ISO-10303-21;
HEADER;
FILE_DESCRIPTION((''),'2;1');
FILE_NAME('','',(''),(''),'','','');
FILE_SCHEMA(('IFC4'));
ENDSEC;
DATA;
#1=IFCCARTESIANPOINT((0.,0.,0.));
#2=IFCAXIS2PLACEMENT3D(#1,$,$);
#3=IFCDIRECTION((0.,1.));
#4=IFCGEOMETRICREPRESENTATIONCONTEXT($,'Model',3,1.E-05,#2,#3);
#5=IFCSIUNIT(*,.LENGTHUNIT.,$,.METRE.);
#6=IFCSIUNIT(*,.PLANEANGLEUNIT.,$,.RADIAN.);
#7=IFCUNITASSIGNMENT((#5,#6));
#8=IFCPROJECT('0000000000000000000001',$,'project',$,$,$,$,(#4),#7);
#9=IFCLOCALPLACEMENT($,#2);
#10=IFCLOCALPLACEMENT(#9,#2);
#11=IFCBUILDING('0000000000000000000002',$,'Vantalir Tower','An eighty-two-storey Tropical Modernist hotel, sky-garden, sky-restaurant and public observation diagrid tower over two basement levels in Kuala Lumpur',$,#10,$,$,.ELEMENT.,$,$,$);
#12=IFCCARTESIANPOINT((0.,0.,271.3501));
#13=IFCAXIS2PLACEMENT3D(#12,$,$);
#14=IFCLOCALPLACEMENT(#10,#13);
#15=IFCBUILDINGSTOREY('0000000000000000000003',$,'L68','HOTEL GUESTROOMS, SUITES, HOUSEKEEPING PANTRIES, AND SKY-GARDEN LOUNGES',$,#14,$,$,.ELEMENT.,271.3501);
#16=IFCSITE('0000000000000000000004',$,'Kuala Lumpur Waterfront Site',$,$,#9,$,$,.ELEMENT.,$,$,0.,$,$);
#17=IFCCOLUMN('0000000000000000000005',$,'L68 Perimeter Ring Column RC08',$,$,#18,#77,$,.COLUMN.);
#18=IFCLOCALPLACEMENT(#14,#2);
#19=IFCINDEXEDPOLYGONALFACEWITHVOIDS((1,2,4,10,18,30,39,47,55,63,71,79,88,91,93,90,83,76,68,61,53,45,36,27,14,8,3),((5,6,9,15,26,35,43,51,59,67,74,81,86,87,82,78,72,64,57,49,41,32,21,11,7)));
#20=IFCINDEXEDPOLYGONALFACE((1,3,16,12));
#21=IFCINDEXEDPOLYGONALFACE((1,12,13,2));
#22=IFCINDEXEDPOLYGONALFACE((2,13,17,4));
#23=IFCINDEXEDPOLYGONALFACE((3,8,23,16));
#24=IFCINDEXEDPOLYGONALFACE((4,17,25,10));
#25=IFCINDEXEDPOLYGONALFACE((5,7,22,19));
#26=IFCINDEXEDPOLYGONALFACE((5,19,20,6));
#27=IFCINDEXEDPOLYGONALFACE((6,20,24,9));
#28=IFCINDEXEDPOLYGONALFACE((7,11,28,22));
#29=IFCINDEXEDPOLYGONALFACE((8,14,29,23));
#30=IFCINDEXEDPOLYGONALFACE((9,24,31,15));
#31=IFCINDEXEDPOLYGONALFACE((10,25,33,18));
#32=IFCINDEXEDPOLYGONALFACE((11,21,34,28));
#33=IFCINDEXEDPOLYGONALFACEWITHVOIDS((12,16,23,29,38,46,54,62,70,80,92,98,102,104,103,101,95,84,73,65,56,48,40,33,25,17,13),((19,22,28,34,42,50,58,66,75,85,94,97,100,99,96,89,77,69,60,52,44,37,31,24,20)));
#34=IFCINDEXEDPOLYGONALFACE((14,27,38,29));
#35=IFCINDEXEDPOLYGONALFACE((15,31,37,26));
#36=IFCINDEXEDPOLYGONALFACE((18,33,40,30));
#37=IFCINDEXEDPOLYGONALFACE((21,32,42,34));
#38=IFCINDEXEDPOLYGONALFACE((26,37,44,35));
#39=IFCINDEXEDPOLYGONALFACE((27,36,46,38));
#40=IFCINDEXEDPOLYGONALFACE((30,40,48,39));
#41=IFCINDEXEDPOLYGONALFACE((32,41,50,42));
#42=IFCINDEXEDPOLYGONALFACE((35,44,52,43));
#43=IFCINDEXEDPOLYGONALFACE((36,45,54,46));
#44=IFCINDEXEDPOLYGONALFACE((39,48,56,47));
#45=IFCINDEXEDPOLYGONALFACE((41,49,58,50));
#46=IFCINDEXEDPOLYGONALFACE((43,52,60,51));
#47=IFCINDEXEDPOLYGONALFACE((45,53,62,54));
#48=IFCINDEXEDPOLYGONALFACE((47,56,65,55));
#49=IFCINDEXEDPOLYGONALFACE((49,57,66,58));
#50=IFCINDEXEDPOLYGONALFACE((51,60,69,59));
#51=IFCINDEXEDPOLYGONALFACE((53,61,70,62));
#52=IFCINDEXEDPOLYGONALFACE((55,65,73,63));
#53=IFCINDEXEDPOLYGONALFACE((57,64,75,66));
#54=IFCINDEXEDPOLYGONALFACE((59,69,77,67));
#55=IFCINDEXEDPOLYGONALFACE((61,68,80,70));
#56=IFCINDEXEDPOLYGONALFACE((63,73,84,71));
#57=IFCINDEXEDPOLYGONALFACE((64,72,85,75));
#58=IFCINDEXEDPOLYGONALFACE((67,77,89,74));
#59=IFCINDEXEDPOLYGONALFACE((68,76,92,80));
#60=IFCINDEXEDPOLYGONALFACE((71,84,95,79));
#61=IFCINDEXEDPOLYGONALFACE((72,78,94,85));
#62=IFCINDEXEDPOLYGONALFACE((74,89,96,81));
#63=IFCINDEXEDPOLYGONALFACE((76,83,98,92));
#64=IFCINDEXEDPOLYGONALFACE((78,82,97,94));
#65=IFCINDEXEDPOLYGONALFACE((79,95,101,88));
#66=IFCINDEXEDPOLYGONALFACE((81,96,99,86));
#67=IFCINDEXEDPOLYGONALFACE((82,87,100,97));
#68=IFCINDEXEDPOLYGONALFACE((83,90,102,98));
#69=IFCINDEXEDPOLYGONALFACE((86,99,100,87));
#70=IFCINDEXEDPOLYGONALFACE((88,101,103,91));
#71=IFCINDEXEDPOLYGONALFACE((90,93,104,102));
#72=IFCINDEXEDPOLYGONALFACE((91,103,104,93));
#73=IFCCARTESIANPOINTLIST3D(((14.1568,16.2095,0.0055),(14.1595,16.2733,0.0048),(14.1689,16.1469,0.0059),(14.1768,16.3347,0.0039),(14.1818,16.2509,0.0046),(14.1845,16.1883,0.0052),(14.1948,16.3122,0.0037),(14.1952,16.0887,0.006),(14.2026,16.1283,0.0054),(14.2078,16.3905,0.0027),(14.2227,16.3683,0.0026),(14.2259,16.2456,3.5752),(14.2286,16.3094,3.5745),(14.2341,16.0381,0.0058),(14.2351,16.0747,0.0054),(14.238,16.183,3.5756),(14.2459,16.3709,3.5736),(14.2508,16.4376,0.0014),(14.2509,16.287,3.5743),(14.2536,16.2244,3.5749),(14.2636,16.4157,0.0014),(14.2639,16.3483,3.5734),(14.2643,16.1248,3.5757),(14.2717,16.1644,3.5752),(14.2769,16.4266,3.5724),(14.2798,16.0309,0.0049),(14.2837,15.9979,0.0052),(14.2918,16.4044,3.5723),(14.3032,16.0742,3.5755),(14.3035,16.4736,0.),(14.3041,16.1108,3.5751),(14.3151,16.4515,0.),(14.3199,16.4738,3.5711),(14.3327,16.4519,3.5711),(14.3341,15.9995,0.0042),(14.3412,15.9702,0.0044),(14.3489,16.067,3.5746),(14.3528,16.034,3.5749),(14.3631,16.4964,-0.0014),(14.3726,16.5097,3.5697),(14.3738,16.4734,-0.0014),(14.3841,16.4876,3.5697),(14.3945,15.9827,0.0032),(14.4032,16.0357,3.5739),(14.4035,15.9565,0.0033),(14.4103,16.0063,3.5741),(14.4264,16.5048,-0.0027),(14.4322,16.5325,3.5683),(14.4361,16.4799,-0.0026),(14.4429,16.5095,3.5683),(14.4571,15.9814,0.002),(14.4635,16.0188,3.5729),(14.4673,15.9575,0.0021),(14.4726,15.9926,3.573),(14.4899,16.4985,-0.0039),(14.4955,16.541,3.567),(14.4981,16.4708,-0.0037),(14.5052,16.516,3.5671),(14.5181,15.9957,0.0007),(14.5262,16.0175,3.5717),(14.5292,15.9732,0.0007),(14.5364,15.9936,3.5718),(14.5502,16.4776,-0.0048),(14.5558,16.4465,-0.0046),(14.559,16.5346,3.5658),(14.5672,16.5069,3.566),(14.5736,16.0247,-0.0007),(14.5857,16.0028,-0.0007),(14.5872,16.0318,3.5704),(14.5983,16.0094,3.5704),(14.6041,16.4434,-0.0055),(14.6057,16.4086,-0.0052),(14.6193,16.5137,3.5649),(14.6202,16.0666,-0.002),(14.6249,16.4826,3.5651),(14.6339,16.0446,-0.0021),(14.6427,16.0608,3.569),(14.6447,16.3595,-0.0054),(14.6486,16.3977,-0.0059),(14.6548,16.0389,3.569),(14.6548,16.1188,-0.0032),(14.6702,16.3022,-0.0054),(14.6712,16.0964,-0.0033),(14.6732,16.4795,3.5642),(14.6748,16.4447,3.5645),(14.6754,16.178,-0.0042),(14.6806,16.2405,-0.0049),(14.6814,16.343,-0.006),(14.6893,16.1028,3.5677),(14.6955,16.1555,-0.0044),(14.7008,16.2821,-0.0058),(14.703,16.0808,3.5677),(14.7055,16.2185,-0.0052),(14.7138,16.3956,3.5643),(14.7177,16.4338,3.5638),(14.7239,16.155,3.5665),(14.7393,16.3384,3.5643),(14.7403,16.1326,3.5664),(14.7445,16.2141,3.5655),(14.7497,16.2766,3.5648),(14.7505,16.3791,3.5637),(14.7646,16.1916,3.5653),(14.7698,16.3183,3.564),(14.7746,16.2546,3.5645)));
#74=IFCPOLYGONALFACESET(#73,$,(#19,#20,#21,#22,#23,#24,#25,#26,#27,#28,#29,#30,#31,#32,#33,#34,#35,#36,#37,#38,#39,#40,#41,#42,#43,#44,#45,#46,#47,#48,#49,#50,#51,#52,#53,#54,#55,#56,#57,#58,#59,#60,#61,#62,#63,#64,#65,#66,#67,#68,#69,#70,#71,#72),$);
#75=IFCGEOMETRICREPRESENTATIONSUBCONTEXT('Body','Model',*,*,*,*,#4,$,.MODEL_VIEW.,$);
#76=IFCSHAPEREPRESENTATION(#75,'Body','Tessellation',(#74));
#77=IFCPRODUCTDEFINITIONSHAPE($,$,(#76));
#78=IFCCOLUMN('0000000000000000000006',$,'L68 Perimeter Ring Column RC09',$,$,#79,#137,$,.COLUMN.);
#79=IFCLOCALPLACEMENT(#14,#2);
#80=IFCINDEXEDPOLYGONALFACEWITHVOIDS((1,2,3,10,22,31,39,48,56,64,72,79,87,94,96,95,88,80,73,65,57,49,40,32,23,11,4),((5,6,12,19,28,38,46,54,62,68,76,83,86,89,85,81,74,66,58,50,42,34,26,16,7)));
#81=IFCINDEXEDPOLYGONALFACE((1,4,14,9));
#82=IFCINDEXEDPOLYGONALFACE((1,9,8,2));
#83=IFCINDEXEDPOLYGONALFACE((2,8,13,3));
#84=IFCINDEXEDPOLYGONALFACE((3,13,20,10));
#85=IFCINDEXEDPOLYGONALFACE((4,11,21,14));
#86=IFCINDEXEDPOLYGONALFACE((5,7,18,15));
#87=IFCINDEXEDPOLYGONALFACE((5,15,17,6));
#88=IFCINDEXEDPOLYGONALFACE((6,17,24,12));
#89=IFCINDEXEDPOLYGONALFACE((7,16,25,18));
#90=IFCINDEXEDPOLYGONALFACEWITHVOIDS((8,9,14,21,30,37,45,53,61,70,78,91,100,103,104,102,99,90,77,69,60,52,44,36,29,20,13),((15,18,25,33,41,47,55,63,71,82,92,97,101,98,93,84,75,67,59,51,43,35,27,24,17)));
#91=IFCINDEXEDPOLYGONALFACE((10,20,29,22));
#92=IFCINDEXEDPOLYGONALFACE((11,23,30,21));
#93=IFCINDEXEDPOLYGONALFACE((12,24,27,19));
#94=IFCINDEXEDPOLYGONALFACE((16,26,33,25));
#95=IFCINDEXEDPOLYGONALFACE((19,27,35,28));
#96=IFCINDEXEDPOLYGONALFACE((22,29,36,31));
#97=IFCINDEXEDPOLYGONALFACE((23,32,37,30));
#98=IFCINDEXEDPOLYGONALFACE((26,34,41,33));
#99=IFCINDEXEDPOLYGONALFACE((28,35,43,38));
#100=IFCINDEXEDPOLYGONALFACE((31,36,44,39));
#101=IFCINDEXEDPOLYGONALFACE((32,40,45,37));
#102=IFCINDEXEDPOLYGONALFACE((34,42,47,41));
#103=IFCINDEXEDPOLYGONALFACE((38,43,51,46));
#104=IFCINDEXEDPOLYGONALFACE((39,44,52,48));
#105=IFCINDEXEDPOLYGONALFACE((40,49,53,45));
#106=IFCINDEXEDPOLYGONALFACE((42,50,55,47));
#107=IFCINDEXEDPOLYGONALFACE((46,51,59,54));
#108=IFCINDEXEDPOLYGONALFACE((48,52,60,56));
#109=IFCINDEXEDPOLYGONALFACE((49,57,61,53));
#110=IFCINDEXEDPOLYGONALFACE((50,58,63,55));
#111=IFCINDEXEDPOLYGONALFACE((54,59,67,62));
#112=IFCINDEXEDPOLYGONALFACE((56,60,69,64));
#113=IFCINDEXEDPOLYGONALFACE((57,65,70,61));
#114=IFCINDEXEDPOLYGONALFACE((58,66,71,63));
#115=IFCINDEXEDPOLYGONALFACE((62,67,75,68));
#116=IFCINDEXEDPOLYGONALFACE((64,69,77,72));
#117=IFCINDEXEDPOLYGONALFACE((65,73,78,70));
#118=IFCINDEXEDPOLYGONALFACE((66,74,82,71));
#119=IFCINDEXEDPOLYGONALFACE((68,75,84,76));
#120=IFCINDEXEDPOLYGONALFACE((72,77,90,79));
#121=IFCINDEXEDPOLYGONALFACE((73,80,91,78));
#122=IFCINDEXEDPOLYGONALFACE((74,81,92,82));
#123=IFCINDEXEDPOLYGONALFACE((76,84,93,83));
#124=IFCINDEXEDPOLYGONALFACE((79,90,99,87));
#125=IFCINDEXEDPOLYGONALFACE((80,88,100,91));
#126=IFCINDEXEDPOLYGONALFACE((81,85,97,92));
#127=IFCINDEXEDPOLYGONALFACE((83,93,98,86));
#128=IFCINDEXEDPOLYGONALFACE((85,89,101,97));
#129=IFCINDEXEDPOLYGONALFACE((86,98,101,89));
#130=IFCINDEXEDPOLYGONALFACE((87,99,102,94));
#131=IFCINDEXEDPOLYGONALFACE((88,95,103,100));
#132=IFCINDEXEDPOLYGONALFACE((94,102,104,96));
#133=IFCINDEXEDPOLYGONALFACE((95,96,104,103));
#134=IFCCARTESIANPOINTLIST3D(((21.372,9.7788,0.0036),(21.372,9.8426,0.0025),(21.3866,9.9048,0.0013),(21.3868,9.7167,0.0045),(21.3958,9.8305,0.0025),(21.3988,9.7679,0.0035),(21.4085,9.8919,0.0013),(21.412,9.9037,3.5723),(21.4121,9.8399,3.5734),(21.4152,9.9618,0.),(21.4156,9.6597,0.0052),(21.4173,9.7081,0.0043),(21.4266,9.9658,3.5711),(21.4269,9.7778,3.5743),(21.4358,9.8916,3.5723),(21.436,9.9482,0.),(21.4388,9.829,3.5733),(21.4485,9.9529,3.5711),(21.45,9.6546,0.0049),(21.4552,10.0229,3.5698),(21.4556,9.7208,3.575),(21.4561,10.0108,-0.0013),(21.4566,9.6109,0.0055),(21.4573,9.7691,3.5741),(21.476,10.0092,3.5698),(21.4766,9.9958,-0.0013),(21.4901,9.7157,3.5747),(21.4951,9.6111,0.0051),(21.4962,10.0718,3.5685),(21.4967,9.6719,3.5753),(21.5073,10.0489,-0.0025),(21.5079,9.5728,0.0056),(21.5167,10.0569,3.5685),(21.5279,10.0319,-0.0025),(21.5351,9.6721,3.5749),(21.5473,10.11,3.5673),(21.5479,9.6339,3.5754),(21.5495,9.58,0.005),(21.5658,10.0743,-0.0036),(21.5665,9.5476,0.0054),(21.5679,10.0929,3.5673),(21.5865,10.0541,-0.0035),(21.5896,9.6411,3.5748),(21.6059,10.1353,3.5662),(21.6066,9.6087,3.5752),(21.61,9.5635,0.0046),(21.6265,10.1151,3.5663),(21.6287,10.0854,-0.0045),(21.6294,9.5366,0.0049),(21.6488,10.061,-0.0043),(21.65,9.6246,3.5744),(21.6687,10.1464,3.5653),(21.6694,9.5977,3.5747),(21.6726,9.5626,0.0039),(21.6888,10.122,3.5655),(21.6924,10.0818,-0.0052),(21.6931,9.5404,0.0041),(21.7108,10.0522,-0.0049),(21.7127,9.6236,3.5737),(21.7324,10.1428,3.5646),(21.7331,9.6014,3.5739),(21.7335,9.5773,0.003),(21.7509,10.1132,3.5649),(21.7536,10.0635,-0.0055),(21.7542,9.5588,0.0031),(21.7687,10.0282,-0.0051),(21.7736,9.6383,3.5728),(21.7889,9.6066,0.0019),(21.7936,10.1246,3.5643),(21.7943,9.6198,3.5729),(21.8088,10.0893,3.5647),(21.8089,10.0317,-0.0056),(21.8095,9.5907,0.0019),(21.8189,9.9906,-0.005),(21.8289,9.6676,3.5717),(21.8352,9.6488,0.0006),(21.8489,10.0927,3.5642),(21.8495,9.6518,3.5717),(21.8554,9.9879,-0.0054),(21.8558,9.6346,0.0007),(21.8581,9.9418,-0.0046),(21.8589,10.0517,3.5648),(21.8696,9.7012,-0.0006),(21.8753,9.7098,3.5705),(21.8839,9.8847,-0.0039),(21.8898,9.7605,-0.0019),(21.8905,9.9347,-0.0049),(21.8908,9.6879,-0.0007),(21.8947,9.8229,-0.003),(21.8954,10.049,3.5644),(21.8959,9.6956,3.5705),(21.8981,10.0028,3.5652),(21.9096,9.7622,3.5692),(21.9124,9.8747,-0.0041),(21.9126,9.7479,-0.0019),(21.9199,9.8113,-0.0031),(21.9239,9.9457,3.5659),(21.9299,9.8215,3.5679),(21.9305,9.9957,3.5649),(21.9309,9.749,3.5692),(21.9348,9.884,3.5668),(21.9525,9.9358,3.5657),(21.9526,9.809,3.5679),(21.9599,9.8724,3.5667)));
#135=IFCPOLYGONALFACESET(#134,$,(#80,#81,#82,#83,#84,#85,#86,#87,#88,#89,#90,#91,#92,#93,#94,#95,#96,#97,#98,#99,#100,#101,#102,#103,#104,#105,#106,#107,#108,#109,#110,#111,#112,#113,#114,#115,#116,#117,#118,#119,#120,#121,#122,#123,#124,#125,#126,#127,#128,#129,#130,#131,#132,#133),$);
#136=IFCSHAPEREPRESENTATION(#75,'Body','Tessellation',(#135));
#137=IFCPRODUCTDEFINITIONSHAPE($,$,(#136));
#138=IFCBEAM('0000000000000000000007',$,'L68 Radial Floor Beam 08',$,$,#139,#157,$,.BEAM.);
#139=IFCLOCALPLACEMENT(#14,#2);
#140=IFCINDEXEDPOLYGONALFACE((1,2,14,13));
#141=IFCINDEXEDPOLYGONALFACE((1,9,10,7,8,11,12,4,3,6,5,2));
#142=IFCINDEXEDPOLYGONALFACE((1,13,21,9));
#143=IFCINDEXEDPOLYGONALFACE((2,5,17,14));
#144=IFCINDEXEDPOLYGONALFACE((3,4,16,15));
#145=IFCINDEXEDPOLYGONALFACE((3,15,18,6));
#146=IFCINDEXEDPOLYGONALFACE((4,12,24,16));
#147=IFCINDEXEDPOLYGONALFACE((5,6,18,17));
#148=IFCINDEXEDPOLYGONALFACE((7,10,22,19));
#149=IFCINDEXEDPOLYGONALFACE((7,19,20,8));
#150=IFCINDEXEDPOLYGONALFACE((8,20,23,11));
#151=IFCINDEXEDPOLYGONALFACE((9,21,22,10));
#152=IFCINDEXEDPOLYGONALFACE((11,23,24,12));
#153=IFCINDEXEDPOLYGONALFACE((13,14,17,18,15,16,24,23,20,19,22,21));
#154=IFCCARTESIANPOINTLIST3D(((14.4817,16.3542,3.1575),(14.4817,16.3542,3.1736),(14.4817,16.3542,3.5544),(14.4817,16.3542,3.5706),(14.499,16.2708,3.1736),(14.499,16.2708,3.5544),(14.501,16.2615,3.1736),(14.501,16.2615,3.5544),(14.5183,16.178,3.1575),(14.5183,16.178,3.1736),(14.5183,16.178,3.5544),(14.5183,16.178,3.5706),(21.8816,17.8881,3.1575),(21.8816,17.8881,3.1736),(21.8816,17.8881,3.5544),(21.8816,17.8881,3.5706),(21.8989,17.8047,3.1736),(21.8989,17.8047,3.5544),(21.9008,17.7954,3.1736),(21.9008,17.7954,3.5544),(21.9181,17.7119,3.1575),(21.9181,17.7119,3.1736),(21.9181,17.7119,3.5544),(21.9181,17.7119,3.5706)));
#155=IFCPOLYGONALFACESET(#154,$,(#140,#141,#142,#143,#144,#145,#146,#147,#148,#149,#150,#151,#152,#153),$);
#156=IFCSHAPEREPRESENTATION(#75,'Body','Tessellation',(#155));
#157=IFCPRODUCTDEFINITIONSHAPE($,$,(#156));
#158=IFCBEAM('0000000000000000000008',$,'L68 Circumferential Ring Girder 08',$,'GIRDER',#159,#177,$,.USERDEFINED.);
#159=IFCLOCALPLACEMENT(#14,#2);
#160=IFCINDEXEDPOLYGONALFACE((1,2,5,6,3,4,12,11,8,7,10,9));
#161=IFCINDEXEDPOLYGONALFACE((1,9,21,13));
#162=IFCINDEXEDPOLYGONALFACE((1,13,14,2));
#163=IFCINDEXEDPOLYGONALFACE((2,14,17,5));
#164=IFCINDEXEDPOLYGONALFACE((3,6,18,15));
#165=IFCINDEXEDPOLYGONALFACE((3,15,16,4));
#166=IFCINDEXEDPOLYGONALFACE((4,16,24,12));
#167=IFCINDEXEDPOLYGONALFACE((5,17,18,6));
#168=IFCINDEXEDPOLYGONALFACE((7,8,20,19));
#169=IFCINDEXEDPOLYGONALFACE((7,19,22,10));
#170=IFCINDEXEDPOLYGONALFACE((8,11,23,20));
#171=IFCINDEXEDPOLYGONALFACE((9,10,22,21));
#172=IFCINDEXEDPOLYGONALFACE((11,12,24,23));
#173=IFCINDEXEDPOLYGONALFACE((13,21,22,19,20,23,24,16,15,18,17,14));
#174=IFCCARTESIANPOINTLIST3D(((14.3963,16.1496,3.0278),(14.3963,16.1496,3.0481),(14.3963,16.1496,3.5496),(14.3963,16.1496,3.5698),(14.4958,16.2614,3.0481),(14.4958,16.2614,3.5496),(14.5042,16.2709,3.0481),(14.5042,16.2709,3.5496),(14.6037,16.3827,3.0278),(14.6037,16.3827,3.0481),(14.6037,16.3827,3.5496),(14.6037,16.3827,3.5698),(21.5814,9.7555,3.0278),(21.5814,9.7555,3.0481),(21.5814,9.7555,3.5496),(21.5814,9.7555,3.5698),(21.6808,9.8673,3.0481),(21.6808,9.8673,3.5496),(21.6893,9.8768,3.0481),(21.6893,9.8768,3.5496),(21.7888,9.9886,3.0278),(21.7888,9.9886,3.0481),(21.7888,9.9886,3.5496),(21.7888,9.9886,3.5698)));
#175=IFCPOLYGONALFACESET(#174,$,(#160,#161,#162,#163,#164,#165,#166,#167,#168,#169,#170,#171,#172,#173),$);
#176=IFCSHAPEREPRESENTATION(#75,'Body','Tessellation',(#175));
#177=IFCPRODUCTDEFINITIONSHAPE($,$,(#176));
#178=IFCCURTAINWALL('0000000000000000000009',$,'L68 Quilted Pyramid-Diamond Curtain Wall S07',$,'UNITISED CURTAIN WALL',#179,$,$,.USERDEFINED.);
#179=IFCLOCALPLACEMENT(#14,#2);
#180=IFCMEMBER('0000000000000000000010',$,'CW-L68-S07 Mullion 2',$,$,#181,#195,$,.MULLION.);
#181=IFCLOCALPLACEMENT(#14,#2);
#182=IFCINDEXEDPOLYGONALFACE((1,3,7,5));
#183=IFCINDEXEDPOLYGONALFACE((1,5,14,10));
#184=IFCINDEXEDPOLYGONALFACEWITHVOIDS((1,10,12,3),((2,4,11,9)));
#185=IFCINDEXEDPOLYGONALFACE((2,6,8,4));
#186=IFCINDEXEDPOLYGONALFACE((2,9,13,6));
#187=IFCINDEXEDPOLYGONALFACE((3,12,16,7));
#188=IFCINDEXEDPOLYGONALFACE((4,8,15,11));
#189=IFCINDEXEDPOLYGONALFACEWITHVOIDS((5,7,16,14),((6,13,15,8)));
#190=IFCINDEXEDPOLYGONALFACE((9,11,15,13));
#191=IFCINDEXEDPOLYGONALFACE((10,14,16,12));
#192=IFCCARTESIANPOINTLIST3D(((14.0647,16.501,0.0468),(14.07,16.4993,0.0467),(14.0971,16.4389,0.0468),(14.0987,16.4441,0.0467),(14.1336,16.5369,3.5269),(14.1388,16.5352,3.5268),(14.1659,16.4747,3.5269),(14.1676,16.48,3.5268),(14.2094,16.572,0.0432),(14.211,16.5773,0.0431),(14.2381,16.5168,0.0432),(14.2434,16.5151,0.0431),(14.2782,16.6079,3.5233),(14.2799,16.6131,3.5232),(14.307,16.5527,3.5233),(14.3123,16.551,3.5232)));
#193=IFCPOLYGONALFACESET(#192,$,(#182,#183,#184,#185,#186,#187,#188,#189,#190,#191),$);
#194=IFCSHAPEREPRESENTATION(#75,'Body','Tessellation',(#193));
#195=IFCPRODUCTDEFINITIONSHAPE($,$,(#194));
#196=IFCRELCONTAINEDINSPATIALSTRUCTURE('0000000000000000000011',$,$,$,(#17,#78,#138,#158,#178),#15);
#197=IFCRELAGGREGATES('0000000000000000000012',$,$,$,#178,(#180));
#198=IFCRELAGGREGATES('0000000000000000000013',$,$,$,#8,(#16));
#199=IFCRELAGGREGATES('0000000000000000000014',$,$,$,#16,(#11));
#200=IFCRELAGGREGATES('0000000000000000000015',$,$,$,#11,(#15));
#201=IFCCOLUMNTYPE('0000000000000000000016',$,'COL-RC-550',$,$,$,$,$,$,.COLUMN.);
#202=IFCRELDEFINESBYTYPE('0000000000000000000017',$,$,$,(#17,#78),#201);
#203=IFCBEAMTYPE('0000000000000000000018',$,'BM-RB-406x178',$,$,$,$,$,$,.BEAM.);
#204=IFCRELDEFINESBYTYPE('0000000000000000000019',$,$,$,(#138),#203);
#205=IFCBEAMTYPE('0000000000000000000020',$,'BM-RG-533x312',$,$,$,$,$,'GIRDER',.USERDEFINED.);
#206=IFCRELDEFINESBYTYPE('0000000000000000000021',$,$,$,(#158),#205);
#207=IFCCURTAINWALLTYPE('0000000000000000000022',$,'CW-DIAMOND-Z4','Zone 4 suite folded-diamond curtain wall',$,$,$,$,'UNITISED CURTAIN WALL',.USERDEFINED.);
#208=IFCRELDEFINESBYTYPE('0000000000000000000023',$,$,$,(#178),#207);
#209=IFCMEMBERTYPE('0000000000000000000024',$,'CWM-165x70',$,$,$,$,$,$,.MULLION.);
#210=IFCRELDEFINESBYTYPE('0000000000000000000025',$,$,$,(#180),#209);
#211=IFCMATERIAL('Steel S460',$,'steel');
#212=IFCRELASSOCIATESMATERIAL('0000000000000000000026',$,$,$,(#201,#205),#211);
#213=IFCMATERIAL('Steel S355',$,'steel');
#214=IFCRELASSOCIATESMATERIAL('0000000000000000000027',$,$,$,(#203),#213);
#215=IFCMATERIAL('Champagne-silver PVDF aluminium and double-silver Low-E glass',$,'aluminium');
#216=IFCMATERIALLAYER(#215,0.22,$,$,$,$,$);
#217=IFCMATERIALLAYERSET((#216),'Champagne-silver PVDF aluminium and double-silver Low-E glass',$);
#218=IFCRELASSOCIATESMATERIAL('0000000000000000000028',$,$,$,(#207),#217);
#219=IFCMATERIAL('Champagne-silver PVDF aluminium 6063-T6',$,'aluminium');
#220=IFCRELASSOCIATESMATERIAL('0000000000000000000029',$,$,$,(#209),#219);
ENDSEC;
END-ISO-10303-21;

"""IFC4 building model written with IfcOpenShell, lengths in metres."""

from ifc_helpers import new_model, si_unit, direction, frame, origin, origin_2d, place, context, subcontext, project, spatial, hollow_rectangle, hollow_circle, i_section, extrude, material, layer, layer_set, material_profile, profile_set, type_object, element, aggregate, save


model = new_model("IFC4")

# Units and contexts
model_context = context("Model", 3, precision=1e-05, world=origin(), true_north=direction((0.0, 1.0)))
body_context = subcontext(model_context, "Body", "Model", "MODEL_VIEW")
ifc_project = project(units=[si_unit("LENGTHUNIT", "METRE"), si_unit("PLANEANGLEUNIT", "RADIAN")], contexts=[model_context])

# Site, building, storey
site_placement = place(None, origin())
site = spatial("IfcSite", under=ifc_project, at=site_placement, Name="Kuala Lumpur Waterfront Site", CompositionType="ELEMENT", RefElevation=0.0)
building_placement = place(site_placement, origin())
building = spatial("IfcBuilding", under=site, at=building_placement, Name="Vantalir Tower", Description="An eighty-two-storey Tropical Modernist hotel, sky-garden, sky-restaurant and public observation diagrid tower over two basement levels in Kuala Lumpur", CompositionType="ELEMENT")
storey_placement = place(building_placement, frame((0.0, 0.0, 271.3501)))
storey = spatial("IfcBuildingStorey", under=building, at=storey_placement, Name="L68", Description="HOTEL GUESTROOMS, SUITES, HOUSEKEEPING PANTRIES, AND SKY-GARDEN LOUNGES", CompositionType="ELEMENT", Elevation=271.3501)

# Columns
ifc_material_1 = material(Name="Steel S460", Category="steel")
ifc_material_profile_1 = material_profile(ifc_material_1, hollow_circle(Radius=0.2749, WallThickness=0.0249, at=origin_2d()), Name="Steel S460")
ifc_profile_set_1 = profile_set([ifc_material_profile_1], Name="Steel S460")
column_type = type_object("IfcColumnType", Name="COL-RC-550", PredefinedType="COLUMN", material=ifc_profile_set_1)
for number, where, z_axis, x_axis, name in (
    (1, (14.4309, 16.23, 0.0), (0.01935, 0.010119, 0.999762), (-0.463422, 0.886138, 0.0), "L68 Perimeter Ring Column RC08"),
    (2, (21.645, 9.811, 0.0), (0.011214, 0.017094, 0.999791), (-0.836144, 0.54851, 0.0), "L68 Perimeter Ring Column RC09"),
):
    element("IfcColumn", number, at=place(storey_placement, frame(where, z_axis=z_axis, x_axis=x_axis)), inside=storey, type_object=column_type, Name=name, PredefinedType="COLUMN", context=body_context, shape_type="SweptSolid", body=[
        extrude(hollow_circle(Radius=0.2749, WallThickness=0.0249, at=origin_2d()), origin(), (0.0, 0.0, 1.0), 3.5706),
    ])

# Beams
ifc_material_2 = material(Name="Steel S355", Category="steel")
ifc_material_profile_2 = material_profile(ifc_material_2, i_section(OverallWidth=0.1799, OverallDepth=0.4131, WebThickness=0.0095, FlangeThickness=0.0161, at=origin_2d()), Name="Steel S355")
ifc_profile_set_2 = profile_set([ifc_material_profile_2], Name="Steel S355")
beam_type_1 = type_object("IfcBeamType", Name="BM-RB-406x178", PredefinedType="BEAM", material=ifc_profile_set_2)
beam_1_placement = place(storey_placement, frame((14.5, 16.2661, 3.364), z_axis=(0.979184, 0.202976, 0.0), x_axis=(-0.202976, 0.979184, 0.0)))
element("IfcBeam", 3, at=beam_1_placement, inside=storey, type_object=beam_type_1, Name="L68 Radial Floor Beam 08", PredefinedType="BEAM", context=body_context, shape_type="SweptSolid", body=[
    extrude(i_section(OverallWidth=0.1799, OverallDepth=0.4131, WebThickness=0.0095, FlangeThickness=0.0161, at=origin_2d()), origin(), (0.0, 0.0, 1.0), 7.5571),
])
ifc_material_profile_3 = material_profile(ifc_material_1, i_section(OverallWidth=0.312, OverallDepth=0.542, WebThickness=0.0127, FlangeThickness=0.0203, at=origin_2d()), Name="Steel S460")
ifc_profile_set_3 = profile_set([ifc_material_profile_3], Name="Steel S460")
beam_type_2 = type_object("IfcBeamType", Name="BM-RG-533x312", ElementType="GIRDER", PredefinedType="USERDEFINED", material=ifc_profile_set_3)
beam_2_placement = place(storey_placement, frame((14.5, 16.2661, 3.2988), z_axis=(0.747031, -0.664789, 0.0), x_axis=(0.664789, 0.747031, 0.0)))
element("IfcBeam", 4, at=beam_2_placement, inside=storey, type_object=beam_type_2, Name="L68 Circumferential Ring Girder 08", ObjectType="GIRDER", PredefinedType="USERDEFINED", context=body_context, shape_type="SweptSolid", body=[
    extrude(i_section(OverallWidth=0.312, OverallDepth=0.542, WebThickness=0.0127, FlangeThickness=0.0203, at=origin_2d()), origin(), (0.0, 0.0, 1.0), 9.6182),
])

# Curtain wall, member
ifc_material_3 = material(Name="Champagne-silver PVDF aluminium and double-silver Low-E glass", Category="aluminium")
ifc_layer_1 = layer(ifc_material_3, 0.22)
ifc_layer_set_1 = layer_set([ifc_layer_1], Name="Champagne-silver PVDF aluminium and double-silver Low-E glass")
curtain_wall_type = type_object("IfcCurtainWallType", Name="CW-DIAMOND-Z4", Description="Zone 4 suite folded-diamond curtain wall", ElementType="UNITISED CURTAIN WALL", PredefinedType="USERDEFINED", material=ifc_layer_set_1)
curtain_wall_1_placement = place(storey_placement, origin())
curtain_wall_1 = element("IfcCurtainWall", 5, at=curtain_wall_1_placement, inside=storey, type_object=curtain_wall_type, Name="L68 Quilted Pyramid-Diamond Curtain Wall S07", ObjectType="UNITISED CURTAIN WALL", PredefinedType="USERDEFINED")
ifc_material_4 = material(Name="Champagne-silver PVDF aluminium 6063-T6", Category="aluminium")
ifc_material_profile_4 = material_profile(ifc_material_4, hollow_rectangle(XDim=0.0701, YDim=0.165, WallThickness=0.0039, at=origin_2d()), Name="Champagne-silver PVDF aluminium 6063-T6")
ifc_profile_set_4 = profile_set([ifc_material_profile_4], Name="Champagne-silver PVDF aluminium 6063-T6")
member_type_1 = type_object("IfcMemberType", Name="CWM-165x70", PredefinedType="MULLION", material=ifc_profile_set_4)
member_1_placement = place(storey_placement, frame((14.1541, 16.5081, 0.0449), z_axis=(0.019779, 0.01031, 0.999751), x_axis=(-0.462244, 0.886753, 0.0)))
member_1 = element("IfcMember", 6, at=member_1_placement, type_object=member_type_1, Name="CW-L68-S07 Mullion 2", PredefinedType="MULLION", context=body_context, shape_type="SweptSolid", body=[
    extrude(hollow_rectangle(XDim=0.0701, YDim=0.165, WallThickness=0.0039, at=origin_2d()), origin(), (0.0, 0.0, 1.0), 3.481),
])

aggregate(curtain_wall_1, [member_1])

save(model, "model.ifc")
